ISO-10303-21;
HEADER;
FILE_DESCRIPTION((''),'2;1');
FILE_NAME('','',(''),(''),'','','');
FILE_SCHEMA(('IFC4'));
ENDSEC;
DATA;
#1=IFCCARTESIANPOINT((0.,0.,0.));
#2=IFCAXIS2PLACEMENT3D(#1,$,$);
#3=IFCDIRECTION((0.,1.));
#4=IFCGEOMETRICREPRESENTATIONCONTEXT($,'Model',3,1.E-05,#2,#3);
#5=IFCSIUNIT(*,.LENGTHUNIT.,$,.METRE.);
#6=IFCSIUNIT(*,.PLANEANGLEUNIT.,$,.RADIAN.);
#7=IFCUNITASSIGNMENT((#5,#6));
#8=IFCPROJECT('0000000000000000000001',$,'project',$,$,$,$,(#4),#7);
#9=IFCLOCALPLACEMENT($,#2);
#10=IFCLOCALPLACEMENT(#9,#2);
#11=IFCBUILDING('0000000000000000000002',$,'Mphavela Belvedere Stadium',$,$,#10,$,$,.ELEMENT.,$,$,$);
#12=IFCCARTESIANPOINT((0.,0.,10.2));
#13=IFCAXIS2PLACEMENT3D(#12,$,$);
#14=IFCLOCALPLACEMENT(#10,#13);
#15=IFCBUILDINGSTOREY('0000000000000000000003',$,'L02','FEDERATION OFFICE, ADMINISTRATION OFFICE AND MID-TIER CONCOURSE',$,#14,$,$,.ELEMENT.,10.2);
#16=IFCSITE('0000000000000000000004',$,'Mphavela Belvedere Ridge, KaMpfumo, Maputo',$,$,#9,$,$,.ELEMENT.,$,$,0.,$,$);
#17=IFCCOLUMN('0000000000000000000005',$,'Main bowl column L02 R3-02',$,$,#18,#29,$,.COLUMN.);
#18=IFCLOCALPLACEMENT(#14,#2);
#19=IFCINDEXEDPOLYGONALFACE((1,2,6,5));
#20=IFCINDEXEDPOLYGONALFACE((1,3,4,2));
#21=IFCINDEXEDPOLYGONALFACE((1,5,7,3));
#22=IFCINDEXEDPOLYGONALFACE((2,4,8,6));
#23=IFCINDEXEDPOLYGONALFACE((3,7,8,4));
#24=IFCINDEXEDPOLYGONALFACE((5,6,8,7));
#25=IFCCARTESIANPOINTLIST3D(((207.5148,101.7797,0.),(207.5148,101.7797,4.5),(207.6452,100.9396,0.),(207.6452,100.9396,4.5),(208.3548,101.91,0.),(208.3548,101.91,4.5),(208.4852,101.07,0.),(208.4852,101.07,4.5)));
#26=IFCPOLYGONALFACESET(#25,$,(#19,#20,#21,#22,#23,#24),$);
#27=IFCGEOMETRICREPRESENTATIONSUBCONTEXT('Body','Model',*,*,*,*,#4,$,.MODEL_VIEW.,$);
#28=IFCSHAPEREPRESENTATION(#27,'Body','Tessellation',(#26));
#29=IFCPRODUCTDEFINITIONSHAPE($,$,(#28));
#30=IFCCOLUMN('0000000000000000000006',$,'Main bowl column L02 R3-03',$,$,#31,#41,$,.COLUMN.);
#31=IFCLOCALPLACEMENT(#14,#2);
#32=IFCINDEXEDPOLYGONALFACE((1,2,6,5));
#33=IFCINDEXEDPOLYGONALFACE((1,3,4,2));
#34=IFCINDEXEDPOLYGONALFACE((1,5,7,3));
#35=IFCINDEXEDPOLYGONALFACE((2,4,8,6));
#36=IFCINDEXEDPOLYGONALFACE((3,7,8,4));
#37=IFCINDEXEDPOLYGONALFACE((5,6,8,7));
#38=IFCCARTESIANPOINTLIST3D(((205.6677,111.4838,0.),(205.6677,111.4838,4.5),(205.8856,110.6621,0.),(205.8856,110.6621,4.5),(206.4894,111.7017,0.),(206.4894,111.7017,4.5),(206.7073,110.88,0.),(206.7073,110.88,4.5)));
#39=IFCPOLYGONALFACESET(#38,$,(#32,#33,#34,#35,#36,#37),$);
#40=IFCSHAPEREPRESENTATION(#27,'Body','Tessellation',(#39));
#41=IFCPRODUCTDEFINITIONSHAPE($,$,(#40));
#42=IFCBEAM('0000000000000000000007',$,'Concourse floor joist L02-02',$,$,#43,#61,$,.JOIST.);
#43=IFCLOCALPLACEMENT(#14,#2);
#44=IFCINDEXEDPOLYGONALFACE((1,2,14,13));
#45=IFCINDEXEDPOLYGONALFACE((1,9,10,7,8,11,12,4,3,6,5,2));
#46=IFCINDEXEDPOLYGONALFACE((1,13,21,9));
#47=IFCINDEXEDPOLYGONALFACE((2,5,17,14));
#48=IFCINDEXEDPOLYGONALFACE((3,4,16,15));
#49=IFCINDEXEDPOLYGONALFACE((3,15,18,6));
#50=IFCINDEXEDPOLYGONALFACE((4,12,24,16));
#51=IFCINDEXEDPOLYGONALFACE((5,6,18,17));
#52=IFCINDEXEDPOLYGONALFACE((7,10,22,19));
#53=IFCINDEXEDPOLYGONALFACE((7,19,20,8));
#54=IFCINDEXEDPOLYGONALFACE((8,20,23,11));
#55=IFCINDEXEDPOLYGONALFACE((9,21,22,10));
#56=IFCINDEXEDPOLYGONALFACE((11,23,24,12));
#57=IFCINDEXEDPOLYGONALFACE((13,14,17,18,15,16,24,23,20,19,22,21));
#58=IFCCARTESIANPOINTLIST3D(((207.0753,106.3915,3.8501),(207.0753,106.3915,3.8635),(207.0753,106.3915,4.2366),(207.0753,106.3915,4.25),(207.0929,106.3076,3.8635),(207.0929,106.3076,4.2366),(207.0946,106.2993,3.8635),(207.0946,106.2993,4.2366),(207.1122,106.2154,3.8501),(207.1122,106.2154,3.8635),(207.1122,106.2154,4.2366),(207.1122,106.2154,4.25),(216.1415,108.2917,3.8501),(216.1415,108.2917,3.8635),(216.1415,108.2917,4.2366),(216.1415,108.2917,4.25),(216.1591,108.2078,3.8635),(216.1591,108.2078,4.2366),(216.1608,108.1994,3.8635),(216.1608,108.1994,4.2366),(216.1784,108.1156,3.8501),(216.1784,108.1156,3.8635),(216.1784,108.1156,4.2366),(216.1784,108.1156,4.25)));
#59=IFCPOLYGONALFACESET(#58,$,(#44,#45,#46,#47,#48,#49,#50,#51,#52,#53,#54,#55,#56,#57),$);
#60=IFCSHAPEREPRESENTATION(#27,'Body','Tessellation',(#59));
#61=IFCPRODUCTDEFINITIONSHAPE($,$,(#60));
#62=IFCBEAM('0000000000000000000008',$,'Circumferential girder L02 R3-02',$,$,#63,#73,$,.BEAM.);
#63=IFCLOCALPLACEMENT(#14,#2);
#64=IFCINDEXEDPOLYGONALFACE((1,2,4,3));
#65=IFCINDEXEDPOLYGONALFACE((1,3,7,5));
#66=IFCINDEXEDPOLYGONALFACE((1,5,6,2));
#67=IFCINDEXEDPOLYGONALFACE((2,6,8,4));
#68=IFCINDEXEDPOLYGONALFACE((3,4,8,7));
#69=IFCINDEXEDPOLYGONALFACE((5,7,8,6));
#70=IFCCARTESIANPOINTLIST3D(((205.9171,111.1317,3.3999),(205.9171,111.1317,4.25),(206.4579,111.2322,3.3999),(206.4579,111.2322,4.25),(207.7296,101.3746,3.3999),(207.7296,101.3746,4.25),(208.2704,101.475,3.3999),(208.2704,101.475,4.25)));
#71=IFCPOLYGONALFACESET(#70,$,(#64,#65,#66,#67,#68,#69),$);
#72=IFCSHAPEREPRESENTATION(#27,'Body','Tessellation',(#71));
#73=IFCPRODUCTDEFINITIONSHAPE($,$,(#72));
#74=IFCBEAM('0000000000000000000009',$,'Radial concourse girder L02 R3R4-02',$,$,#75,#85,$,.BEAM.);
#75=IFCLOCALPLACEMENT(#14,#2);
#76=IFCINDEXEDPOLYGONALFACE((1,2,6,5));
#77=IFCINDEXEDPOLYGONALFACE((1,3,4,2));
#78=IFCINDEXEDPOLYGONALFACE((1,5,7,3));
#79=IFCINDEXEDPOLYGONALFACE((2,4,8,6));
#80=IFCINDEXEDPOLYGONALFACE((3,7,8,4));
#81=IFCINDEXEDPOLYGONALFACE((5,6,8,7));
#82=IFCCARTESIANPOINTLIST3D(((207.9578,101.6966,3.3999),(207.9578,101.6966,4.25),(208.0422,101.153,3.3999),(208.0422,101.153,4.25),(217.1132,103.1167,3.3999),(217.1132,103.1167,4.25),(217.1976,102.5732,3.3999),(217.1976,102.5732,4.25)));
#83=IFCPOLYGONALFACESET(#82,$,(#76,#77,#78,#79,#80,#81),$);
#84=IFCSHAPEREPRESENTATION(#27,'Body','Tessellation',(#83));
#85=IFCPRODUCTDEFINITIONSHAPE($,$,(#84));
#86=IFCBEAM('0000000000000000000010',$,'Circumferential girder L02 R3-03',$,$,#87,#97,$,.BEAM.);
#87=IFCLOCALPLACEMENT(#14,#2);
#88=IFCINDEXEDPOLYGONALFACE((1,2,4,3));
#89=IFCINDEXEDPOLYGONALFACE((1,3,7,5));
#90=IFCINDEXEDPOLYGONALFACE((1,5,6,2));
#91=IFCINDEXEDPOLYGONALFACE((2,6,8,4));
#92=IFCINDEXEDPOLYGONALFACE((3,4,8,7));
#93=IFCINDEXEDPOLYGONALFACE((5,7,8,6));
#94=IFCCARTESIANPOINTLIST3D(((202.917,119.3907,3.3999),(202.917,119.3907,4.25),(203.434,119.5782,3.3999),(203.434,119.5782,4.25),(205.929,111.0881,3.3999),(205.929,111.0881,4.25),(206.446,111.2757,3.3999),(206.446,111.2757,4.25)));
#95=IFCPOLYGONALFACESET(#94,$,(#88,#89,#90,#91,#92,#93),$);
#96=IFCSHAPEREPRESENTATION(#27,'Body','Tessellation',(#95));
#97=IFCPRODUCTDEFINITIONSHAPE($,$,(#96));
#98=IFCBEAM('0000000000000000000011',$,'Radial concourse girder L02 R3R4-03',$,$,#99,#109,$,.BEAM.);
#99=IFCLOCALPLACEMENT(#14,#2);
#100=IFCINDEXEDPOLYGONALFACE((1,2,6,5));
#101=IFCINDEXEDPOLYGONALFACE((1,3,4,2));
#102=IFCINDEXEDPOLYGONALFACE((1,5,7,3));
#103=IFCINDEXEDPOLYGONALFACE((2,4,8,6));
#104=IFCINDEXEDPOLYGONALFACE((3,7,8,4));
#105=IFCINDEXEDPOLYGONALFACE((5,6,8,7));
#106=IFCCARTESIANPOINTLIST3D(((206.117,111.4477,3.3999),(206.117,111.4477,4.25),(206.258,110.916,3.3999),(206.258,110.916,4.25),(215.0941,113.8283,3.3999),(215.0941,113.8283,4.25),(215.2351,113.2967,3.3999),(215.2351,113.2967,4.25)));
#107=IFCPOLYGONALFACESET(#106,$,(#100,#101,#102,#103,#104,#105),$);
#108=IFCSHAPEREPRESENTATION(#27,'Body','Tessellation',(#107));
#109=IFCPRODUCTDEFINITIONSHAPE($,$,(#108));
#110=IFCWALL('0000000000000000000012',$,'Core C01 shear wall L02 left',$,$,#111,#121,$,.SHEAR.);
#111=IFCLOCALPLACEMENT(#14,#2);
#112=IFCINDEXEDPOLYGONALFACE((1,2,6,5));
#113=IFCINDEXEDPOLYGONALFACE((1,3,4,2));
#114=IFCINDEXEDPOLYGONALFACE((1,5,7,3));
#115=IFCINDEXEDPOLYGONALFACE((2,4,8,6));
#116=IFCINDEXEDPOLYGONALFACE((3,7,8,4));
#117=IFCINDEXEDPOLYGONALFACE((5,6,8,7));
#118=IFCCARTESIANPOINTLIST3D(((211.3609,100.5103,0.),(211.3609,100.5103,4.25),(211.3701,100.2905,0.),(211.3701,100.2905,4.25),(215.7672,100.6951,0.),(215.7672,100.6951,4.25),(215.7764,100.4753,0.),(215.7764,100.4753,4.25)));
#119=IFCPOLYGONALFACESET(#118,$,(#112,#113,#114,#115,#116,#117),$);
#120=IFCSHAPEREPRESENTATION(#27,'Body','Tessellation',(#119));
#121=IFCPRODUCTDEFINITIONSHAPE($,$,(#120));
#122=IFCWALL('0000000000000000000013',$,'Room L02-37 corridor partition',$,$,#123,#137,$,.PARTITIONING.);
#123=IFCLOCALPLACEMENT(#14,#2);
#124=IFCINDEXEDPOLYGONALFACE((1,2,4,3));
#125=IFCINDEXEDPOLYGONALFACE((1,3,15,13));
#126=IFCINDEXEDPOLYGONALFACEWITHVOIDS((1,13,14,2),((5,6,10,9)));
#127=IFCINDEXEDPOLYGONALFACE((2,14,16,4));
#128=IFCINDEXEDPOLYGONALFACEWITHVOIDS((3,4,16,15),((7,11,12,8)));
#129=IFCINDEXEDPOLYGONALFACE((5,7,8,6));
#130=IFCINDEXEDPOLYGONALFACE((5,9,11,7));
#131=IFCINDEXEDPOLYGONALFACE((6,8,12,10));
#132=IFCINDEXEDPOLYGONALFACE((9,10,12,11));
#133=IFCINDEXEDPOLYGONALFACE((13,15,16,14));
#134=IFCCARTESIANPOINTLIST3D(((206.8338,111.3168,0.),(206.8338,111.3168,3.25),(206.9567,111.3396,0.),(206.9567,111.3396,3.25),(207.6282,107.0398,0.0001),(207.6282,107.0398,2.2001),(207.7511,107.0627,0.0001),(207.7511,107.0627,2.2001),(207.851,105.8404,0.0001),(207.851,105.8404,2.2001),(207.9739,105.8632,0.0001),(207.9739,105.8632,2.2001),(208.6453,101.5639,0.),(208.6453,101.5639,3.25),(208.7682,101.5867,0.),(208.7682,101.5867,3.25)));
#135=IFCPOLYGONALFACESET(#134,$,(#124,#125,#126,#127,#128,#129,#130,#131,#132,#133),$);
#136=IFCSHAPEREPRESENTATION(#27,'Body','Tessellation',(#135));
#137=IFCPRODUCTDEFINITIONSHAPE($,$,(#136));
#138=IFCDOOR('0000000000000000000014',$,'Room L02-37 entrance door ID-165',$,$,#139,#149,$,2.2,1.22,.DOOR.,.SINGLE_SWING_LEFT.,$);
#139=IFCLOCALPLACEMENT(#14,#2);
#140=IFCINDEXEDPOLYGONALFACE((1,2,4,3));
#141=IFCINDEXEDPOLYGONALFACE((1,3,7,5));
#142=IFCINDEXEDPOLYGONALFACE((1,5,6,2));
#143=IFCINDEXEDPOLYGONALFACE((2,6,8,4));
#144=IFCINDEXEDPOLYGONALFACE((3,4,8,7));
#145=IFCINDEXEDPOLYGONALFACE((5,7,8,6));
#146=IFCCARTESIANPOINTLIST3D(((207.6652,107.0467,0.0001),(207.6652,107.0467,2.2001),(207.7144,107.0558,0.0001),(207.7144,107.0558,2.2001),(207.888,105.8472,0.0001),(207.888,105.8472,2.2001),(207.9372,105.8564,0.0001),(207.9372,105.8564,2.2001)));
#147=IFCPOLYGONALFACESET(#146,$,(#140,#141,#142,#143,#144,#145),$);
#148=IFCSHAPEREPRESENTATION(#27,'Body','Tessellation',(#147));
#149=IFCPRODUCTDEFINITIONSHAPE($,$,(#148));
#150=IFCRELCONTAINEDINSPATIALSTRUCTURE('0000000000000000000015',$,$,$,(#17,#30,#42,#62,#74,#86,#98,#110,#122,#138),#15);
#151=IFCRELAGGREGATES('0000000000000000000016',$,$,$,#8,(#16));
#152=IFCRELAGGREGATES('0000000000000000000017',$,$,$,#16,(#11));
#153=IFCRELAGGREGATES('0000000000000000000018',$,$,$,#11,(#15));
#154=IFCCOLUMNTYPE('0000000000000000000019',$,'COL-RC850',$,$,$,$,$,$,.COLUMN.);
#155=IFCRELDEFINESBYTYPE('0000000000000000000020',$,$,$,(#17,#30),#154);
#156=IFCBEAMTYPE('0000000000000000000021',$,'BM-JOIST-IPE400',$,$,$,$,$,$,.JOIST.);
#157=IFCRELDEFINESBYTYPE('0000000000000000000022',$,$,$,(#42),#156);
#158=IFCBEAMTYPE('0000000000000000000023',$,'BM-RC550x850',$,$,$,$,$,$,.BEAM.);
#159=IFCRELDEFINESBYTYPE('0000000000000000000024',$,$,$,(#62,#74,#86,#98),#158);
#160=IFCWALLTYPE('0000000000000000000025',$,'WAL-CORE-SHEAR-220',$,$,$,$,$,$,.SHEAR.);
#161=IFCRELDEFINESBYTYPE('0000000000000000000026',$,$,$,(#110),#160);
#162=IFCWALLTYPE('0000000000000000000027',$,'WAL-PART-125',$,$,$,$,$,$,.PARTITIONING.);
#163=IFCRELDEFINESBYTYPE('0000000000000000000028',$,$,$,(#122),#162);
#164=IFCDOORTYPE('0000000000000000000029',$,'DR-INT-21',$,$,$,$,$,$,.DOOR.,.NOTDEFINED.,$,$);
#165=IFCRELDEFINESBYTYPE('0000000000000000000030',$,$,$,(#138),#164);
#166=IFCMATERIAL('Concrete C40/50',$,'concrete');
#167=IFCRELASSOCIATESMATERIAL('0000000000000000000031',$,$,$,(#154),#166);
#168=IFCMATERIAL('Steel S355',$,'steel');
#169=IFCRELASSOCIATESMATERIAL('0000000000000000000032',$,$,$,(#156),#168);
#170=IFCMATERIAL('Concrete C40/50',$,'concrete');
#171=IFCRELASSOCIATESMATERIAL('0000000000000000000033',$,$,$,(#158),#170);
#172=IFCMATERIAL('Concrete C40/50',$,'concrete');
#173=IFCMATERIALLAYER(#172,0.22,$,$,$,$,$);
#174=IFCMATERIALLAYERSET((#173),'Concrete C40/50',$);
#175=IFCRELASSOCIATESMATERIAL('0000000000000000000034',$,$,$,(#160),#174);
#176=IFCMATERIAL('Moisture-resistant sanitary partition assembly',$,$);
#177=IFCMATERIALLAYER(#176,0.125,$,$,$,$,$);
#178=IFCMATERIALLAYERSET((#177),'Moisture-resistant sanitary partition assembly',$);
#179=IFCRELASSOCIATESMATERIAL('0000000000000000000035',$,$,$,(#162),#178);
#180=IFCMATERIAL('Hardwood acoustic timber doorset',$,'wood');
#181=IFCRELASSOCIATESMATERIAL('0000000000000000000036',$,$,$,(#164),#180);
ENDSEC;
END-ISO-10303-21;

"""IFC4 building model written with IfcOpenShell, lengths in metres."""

from ifc_helpers import new_model, si_unit, direction, frame, frame_2d, origin, origin_2d, place, context, subcontext, project, spatial, rectangle, i_section, extrude, material, layer, layer_set, material_profile, profile_set, type_object, element, fill, save


model = new_model("IFC4")

# Units and contexts
model_context = context("Model", 3, precision=1e-05, world=origin(), true_north=direction((0.0, 1.0)))
body_context = subcontext(model_context, "Body", "Model", "MODEL_VIEW")
ifc_project = project(units=[si_unit("LENGTHUNIT", "METRE"), si_unit("PLANEANGLEUNIT", "RADIAN")], contexts=[model_context])

# Site, building, storey
site_placement = place(None, origin())
site = spatial("IfcSite", under=ifc_project, at=site_placement, Name="Mphavela Belvedere Ridge, KaMpfumo, Maputo", CompositionType="ELEMENT", RefElevation=0.0)
building_placement = place(site_placement, origin())
building = spatial("IfcBuilding", under=site, at=building_placement, Name="Mphavela Belvedere Stadium", CompositionType="ELEMENT")
storey_placement = place(building_placement, frame((0.0, 0.0, 10.2)))
storey = spatial("IfcBuildingStorey", under=building, at=storey_placement, Name="L02", Description="FEDERATION OFFICE, ADMINISTRATION OFFICE AND MID-TIER CONCOURSE", CompositionType="ELEMENT", Elevation=10.2)

# Columns
ifc_material_1 = material(Name="Concrete C40/50", Category="concrete")
ifc_material_profile_1 = material_profile(ifc_material_1, rectangle(XDim=0.8501, YDim=0.8501, at=origin_2d()), Name="RC 850x850")
ifc_profile_set_1 = profile_set([ifc_material_profile_1], Name="Concrete C40/50")
column_type = type_object("IfcColumnType", Name="COL-RC850", PredefinedType="COLUMN", material=ifc_profile_set_1)
for number, where, z_axis, x_axis, name in (
    (1, (208.0, 101.4248, 0.0), (0.0, 0.0, 1.0), (0.988175, 0.153331, 0.0), "Main bowl column L02 R3-02"),
    (2, (206.1875, 111.1819, 0.0), (0.0, 0.0, 1.0), (0.9666, 0.256289, 0.0), "Main bowl column L02 R3-03"),
):
    element("IfcColumn", number, at=place(storey_placement, frame(where, z_axis=z_axis, x_axis=x_axis)), inside=storey, type_object=column_type, Name=name, PredefinedType="COLUMN", context=body_context, shape_type="SweptSolid", body=[
        extrude(rectangle(XDim=0.8501, YDim=0.8501, at=origin_2d()), origin(), (0.0, 0.0, 1.0), 4.5),
    ])

# Beams
ifc_material_2 = material(Name="Steel S355", Category="steel")
ifc_material_profile_2 = material_profile(ifc_material_2, i_section(OverallWidth=0.1799, OverallDepth=0.3999, WebThickness=0.0085, FlangeThickness=0.0134, at=origin_2d()), Name="IPE 400")
ifc_profile_set_2 = profile_set([ifc_material_profile_2], Name="Steel S355")
beam_type_1 = type_object("IfcBeamType", Name="BM-JOIST-IPE400", PredefinedType="JOIST", material=ifc_profile_set_2)
beam_1_placement = place(storey_placement, frame((207.0938, 106.3035, 4.05), z_axis=(0.978735, 0.20513, 0.0), x_axis=(-0.20513, 0.978735, 0.0)))
element("IfcBeam", 3, at=beam_1_placement, inside=storey, type_object=beam_type_1, Name="Concourse floor joist L02-02", PredefinedType="JOIST", context=body_context, shape_type="SweptSolid", body=[
    extrude(i_section(OverallWidth=0.1799, OverallDepth=0.3999, WebThickness=0.0085, FlangeThickness=0.0134, at=origin_2d()), origin(), (0.0, 0.0, 1.0), 9.2632),
])
ifc_material_3 = material(Name="Concrete C40/50", Category="concrete")
ifc_material_profile_3 = material_profile(ifc_material_3, rectangle(XDim=0.55, YDim=0.8501, at=origin_2d()), Name="RC 550x850")
ifc_profile_set_3 = profile_set([ifc_material_profile_3], Name="Concrete C40/50")
beam_type_2 = type_object("IfcBeamType", Name="BM-RC550x850", PredefinedType="BEAM", material=ifc_profile_set_3)
beam_2_placement = place(storey_placement, frame((208.0, 101.4248, 3.825), z_axis=(-0.182638, 0.98318, 0.0), x_axis=(-0.98318, -0.182638, 0.0)))
element("IfcBeam", 4, at=beam_2_placement, inside=storey, type_object=beam_type_2, Name="Circumferential girder L02 R3-02", PredefinedType="BEAM", context=body_context, shape_type="SweptSolid", body=[
    extrude(rectangle(XDim=0.55, YDim=0.8501, at=origin_2d()), origin(), (0.0, 0.0, 1.0), 9.9241),
])
beam_3_placement = place(storey_placement, frame((208.0, 101.4248, 3.825), z_axis=(0.988182, 0.153283, 0.0), x_axis=(-0.153283, 0.988182, 0.0)))
element("IfcBeam", 5, at=beam_3_placement, inside=storey, type_object=beam_type_2, Name="Radial concourse girder L02 R3R4-02", PredefinedType="BEAM", context=body_context, shape_type="SweptSolid", body=[
    extrude(rectangle(XDim=0.55, YDim=0.8501, at=origin_2d()), origin(), (0.0, 0.0, 1.0), 9.2649),
])
beam_4_placement = place(storey_placement, frame((206.1875, 111.1819, 3.825), z_axis=(-0.341031, 0.940052, 0.0), x_axis=(-0.940052, -0.341031, 0.0)))
element("IfcBeam", 6, at=beam_4_placement, inside=storey, type_object=beam_type_2, Name="Circumferential girder L02 R3-03", PredefinedType="BEAM", context=body_context, shape_type="SweptSolid", body=[
    extrude(rectangle(XDim=0.55, YDim=0.8501, at=origin_2d()), origin(), (0.0, 0.0, 1.0), 8.832),
])
beam_5_placement = place(storey_placement, frame((206.1875, 111.1819, 3.825), z_axis=(0.96659, 0.256329, 0.0), x_axis=(-0.256329, 0.96659, 0.0)))
element("IfcBeam", 7, at=beam_5_placement, inside=storey, type_object=beam_type_2, Name="Radial concourse girder L02 R3R4-03", PredefinedType="BEAM", context=body_context, shape_type="SweptSolid", body=[
    extrude(rectangle(XDim=0.55, YDim=0.8501, at=origin_2d()), origin(), (0.0, 0.0, 1.0), 9.2874),
])

# Wall
ifc_material_4 = material(Name="Concrete C40/50", Category="concrete")
ifc_layer_1 = layer(ifc_material_4, 0.22)
ifc_layer_set_1 = layer_set([ifc_layer_1], Name="Concrete C40/50")
wall_type_1 = type_object("IfcWallType", Name="WAL-CORE-SHEAR-220", PredefinedType="SHEAR", material=ifc_layer_set_1)
wall_1_placement = place(storey_placement, frame((211.3655, 100.4004, 0.0), z_axis=(0.0, 0.0, 1.0), x_axis=(0.999122, 0.041907, 0.0)))
element("IfcWall", 8, at=wall_1_placement, inside=storey, type_object=wall_type_1, Name="Core C01 shear wall L02 left", PredefinedType="SHEAR", context=body_context, shape_type="SweptSolid", body=[
    extrude(rectangle(XDim=4.4102, YDim=0.22, at=frame_2d((2.2051, 0.0))), origin(), (0.0, 0.0, 1.0), 4.25),
])

# Wall, opening, door
ifc_material_5 = material(Name="Moisture-resistant sanitary partition assembly")
ifc_layer_2 = layer(ifc_material_5, 0.125)
ifc_layer_set_2 = layer_set([ifc_layer_2], Name="Moisture-resistant sanitary partition assembly")
wall_type_2 = type_object("IfcWallType", Name="WAL-PART-125", PredefinedType="PARTITIONING", material=ifc_layer_set_2)
wall_2_placement = place(storey_placement, frame((208.7068, 101.5752, 0.0), z_axis=(0.0, 0.0, 1.0), x_axis=(-0.182618, 0.983184, 0.0)))
wall_2 = element("IfcWall", 9, at=wall_2_placement, inside=storey, type_object=wall_type_2, Name="Room L02-37 corridor partition", PredefinedType="PARTITIONING", context=body_context, shape_type="SweptSolid", body=[
    extrude(rectangle(XDim=9.9197, YDim=0.125, at=frame_2d((4.96, 0.0))), origin(), (0.0, 0.0, 1.0), 3.25),
])
opening_1_placement = place(wall_2_placement, frame((4.3499, 0.0, 0.0)))
opening_1 = element("IfcOpeningElement", 10, at=opening_1_placement, cuts=wall_2, PredefinedType="OPENING", context=body_context, shape_type="SweptSolid", body=[
    extrude(rectangle(XDim=1.22, YDim=2.2, at=frame_2d((0.6099, 1.1001))), frame((0.0, 0.0725, 0.0), z_axis=(0.0, -1.0, 0.0), x_axis=(1.0, 0.0, 0.0)), (0.0, 0.0, 1.0), 0.145),
])
ifc_material_6 = material(Name="Hardwood acoustic timber doorset", Category="wood")
door_type_1 = type_object("IfcDoorType", Name="DR-INT-21", OperationType="NOTDEFINED", PredefinedType="DOOR", material=ifc_material_6)
door_1_placement = place(opening_1_placement, origin())
door_1 = element("IfcDoor", 11, at=door_1_placement, inside=storey, type_object=door_type_1, Name="Room L02-37 entrance door ID-165", OperationType="SINGLE_SWING_LEFT", OverallHeight=2.2, OverallWidth=1.22, PredefinedType="DOOR", context=body_context, shape_type="SweptSolid", body=[
    extrude(rectangle(XDim=1.22, YDim=2.2, at=frame_2d((0.6099, 1.1001))), frame((0.0, 0.0249, 0.0), z_axis=(0.0, -1.0, 0.0), x_axis=(1.0, 0.0, 0.0)), (0.0, 0.0, 1.0), 0.05),
])
fill(opening_1, door_1)

save(model, "model.ifc")
